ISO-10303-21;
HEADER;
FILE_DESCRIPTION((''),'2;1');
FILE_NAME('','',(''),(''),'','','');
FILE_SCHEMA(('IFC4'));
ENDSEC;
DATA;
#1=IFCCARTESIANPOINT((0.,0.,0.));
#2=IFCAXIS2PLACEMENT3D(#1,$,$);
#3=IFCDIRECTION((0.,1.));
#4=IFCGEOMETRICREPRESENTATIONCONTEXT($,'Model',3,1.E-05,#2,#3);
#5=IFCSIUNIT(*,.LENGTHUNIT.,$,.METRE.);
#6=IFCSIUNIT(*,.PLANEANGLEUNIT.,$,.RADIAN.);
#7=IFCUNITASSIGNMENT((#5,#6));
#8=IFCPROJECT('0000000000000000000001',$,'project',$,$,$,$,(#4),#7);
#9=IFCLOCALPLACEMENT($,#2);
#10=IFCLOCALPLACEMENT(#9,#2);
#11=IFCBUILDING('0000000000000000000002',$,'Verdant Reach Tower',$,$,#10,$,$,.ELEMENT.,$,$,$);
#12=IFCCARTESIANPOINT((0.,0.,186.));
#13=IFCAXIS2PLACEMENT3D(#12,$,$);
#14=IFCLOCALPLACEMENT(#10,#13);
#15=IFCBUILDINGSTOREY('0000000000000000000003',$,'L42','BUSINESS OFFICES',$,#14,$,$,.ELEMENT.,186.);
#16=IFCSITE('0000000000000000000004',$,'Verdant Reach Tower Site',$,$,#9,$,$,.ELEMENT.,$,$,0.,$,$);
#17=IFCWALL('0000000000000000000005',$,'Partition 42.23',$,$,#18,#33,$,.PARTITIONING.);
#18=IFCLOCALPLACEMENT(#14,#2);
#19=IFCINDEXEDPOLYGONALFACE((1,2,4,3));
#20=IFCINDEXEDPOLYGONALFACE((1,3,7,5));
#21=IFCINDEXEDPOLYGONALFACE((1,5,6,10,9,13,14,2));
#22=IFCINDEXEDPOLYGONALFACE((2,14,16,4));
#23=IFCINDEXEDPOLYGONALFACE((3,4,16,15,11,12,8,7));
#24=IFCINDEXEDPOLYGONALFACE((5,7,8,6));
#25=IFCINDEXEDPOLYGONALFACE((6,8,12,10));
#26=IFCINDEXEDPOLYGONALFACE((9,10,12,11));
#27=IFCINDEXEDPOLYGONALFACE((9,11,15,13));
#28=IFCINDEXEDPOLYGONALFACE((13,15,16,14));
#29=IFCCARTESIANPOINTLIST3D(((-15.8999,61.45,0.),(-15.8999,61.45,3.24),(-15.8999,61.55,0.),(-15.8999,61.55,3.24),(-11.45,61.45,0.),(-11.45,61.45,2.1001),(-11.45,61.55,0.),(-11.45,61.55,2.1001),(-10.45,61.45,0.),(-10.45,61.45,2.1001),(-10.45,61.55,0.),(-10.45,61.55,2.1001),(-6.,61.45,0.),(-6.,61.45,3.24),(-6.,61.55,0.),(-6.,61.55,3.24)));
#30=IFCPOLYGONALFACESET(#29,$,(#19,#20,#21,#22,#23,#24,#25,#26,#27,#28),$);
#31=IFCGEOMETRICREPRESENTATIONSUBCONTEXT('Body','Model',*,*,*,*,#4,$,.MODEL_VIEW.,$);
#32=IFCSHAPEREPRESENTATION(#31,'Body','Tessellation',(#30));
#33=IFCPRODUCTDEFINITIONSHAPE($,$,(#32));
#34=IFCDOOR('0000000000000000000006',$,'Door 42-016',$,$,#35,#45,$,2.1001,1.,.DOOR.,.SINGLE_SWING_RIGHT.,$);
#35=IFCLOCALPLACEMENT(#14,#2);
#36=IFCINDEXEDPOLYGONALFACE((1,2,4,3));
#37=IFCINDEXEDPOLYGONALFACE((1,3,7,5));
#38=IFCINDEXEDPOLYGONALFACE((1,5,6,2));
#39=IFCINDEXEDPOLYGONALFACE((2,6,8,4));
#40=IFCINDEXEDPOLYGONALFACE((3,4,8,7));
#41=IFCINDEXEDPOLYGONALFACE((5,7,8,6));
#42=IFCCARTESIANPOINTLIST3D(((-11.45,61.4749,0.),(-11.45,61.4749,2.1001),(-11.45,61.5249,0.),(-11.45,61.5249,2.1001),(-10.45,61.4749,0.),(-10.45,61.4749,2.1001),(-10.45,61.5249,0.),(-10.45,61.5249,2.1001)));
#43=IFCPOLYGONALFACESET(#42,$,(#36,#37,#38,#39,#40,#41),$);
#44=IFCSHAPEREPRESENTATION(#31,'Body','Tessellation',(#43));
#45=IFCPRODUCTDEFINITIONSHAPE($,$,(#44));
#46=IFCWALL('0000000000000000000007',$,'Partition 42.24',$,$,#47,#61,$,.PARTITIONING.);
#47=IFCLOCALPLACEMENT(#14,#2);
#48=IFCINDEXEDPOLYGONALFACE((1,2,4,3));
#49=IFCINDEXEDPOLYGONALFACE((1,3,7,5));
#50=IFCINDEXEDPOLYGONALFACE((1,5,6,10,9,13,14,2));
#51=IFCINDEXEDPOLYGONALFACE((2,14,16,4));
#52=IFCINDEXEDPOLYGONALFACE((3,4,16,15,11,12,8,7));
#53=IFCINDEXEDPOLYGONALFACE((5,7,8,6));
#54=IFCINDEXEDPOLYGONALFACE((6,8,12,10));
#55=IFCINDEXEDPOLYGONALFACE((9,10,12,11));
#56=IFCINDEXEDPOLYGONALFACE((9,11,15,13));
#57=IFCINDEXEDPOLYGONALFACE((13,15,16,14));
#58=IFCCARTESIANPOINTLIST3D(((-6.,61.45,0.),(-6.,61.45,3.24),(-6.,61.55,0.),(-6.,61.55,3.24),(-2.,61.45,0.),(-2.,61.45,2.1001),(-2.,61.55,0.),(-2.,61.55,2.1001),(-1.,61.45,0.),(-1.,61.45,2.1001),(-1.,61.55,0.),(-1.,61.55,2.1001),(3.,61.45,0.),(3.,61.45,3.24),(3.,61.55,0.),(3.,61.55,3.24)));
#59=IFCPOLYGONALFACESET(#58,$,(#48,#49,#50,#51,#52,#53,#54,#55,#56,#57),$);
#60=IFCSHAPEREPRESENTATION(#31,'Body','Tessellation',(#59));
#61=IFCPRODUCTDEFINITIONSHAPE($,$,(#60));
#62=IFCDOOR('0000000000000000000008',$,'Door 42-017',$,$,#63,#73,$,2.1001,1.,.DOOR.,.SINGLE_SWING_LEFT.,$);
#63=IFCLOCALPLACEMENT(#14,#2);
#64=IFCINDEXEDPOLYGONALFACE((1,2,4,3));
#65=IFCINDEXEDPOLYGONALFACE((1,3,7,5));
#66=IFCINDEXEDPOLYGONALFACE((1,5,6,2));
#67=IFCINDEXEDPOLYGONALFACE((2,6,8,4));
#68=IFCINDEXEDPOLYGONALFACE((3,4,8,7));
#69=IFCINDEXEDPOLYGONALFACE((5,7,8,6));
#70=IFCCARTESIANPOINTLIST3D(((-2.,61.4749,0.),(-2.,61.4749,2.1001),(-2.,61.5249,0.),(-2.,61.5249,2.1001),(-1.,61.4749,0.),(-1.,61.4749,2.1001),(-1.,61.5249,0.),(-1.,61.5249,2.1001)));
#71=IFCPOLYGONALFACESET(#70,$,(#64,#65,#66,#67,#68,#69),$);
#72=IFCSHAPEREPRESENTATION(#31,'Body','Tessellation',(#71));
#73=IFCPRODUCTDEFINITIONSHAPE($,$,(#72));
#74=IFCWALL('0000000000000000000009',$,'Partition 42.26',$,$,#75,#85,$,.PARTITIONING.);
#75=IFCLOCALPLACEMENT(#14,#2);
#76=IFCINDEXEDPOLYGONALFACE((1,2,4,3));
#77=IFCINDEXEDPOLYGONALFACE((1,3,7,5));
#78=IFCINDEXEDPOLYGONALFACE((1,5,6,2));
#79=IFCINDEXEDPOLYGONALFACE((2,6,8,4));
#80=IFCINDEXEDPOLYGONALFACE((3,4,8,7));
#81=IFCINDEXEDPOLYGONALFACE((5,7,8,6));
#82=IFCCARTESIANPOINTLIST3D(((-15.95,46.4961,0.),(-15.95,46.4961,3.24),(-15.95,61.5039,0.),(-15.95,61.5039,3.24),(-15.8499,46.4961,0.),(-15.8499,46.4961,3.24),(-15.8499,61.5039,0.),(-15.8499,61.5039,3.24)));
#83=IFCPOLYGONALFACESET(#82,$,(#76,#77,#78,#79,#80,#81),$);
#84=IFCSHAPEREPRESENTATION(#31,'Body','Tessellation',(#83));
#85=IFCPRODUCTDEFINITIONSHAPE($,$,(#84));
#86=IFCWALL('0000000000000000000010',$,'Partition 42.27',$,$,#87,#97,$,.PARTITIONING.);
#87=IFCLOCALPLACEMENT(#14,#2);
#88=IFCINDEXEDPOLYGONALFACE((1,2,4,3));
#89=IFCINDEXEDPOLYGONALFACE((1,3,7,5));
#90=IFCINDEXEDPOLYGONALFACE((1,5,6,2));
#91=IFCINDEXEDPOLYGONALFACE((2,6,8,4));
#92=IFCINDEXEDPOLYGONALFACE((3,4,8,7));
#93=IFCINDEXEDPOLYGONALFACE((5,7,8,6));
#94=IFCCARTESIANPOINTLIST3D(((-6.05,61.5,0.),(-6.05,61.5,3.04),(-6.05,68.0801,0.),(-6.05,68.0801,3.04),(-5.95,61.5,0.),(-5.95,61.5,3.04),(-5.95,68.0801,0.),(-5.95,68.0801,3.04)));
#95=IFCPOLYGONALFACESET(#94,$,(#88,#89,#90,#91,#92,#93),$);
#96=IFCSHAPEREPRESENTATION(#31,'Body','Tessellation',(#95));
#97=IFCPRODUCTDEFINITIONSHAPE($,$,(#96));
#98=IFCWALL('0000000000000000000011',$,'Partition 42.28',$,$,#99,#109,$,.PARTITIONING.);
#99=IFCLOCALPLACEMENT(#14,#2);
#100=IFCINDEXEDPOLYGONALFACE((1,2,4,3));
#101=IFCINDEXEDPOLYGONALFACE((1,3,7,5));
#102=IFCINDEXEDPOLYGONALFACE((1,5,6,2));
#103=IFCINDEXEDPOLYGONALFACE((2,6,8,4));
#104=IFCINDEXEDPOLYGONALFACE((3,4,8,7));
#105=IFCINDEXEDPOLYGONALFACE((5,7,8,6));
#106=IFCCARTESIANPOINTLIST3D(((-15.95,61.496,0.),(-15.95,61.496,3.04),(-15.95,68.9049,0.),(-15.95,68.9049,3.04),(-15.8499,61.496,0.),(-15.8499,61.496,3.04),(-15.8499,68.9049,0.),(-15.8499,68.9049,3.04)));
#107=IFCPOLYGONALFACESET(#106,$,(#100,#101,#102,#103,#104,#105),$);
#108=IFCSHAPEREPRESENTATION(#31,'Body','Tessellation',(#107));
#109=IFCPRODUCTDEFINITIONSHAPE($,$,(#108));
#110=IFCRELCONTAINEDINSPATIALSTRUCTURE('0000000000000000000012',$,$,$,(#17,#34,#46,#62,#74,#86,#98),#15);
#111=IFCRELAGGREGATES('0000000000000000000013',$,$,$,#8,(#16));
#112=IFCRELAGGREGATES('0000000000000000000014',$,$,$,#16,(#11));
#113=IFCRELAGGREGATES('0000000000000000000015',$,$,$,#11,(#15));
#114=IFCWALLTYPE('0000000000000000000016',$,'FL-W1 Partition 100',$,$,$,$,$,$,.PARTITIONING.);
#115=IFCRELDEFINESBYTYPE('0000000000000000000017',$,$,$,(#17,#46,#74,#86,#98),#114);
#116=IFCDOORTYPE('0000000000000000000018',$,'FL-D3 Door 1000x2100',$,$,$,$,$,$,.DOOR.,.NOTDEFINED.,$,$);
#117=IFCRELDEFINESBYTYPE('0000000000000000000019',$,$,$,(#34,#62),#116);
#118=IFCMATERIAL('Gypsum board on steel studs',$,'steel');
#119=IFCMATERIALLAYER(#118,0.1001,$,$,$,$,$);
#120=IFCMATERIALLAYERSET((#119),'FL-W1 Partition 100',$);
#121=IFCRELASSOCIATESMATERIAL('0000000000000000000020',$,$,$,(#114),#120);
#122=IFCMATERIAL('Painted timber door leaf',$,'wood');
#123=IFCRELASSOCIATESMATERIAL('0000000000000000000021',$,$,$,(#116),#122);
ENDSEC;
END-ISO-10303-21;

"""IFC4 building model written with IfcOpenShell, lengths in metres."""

from ifc_helpers import new_model, si_unit, direction, frame, frame_2d, origin, place, context, subcontext, project, spatial, rectangle, extrude, material, layer, layer_set, type_object, element, fill, save


model = new_model("IFC4")

# Units and contexts
model_context = context("Model", 3, precision=1e-05, world=origin(), true_north=direction((0.0, 1.0)))
body_context = subcontext(model_context, "Body", "Model", "MODEL_VIEW")
ifc_project = project(units=[si_unit("LENGTHUNIT", "METRE"), si_unit("PLANEANGLEUNIT", "RADIAN")], contexts=[model_context])

# Site, building, storey
site_placement = place(None, origin())
site = spatial("IfcSite", under=ifc_project, at=site_placement, Name="Verdant Reach Tower Site", CompositionType="ELEMENT", RefElevation=0.0)
building_placement = place(site_placement, origin())
building = spatial("IfcBuilding", under=site, at=building_placement, Name="Verdant Reach Tower", CompositionType="ELEMENT")
storey_placement = place(building_placement, frame((0.0, 0.0, 186.0)))
storey = spatial("IfcBuildingStorey", under=building, at=storey_placement, Name="L42", Description="BUSINESS OFFICES", CompositionType="ELEMENT", Elevation=186.0)

# Walls, openings, doors
ifc_material_1 = material(Name="Gypsum board on steel studs", Category="steel")
ifc_layer_1 = layer(ifc_material_1, 0.1001)
ifc_layer_set_1 = layer_set([ifc_layer_1], Name="FL-W1 Partition 100")
wall_type = type_object("IfcWallType", Name="FL-W1 Partition 100", PredefinedType="PARTITIONING", material=ifc_layer_set_1)
wall_1_placement = place(storey_placement, frame((-15.8999, 61.5, 0.0), z_axis=(0.0, 0.0, 1.0), x_axis=(1.0, 0.0, 0.0)))
wall_1 = element("IfcWall", 1, at=wall_1_placement, inside=storey, type_object=wall_type, Name="Partition 42.23", PredefinedType="PARTITIONING", context=body_context, shape_type="SweptSolid", body=[
    extrude(rectangle(XDim=9.8999, YDim=0.1001, at=frame_2d((4.95, 0.0))), origin(), (0.0, 0.0, 1.0), 3.24),
])
opening_1_placement = place(wall_1_placement, frame((4.45, 0.0, 0.0)))
opening_1 = element("IfcOpeningElement", 2, at=opening_1_placement, cuts=wall_1, PredefinedType="OPENING", context=body_context, shape_type="SweptSolid", body=[
    extrude(rectangle(XDim=1.0, YDim=2.1001, at=frame_2d((0.5, 1.05))), frame((0.0, 0.0601, 0.0), z_axis=(0.0, -1.0, 0.0), x_axis=(1.0, 0.0, 0.0)), (0.0, 0.0, 1.0), 0.1201),
])
ifc_material_2 = material(Name="Painted timber door leaf", Category="wood")
door_type = type_object("IfcDoorType", Name="FL-D3 Door 1000x2100", OperationType="NOTDEFINED", PredefinedType="DOOR", material=ifc_material_2)
door_1_placement = place(opening_1_placement, origin())
door_1 = element("IfcDoor", 3, at=door_1_placement, inside=storey, type_object=door_type, Name="Door 42-016", OperationType="SINGLE_SWING_RIGHT", OverallHeight=2.1001, OverallWidth=1.0, PredefinedType="DOOR", context=body_context, shape_type="SweptSolid", body=[
    extrude(rectangle(XDim=1.0, YDim=2.1001, at=frame_2d((0.5, 1.05))), frame((0.0, 0.0249, 0.0), z_axis=(0.0, -1.0, 0.0), x_axis=(1.0, 0.0, 0.0)), (0.0, 0.0, 1.0), 0.05),
])
fill(opening_1, door_1)
wall_2_placement = place(storey_placement, frame((-6.0, 61.5, 0.0), z_axis=(0.0, 0.0, 1.0), x_axis=(1.0, 0.0, 0.0)))
wall_2 = element("IfcWall", 4, at=wall_2_placement, inside=storey, type_object=wall_type, Name="Partition 42.24", PredefinedType="PARTITIONING", context=body_context, shape_type="SweptSolid", body=[
    extrude(rectangle(XDim=9.0, YDim=0.1001, at=frame_2d((4.5, 0.0))), origin(), (0.0, 0.0, 1.0), 3.24),
])
opening_2_placement = place(wall_2_placement, frame((4.0, 0.0, 0.0)))
opening_2 = element("IfcOpeningElement", 5, at=opening_2_placement, cuts=wall_2, PredefinedType="OPENING", context=body_context, shape_type="SweptSolid", body=[
    extrude(rectangle(XDim=1.0, YDim=2.1001, at=frame_2d((0.5, 1.05))), frame((0.0, 0.0601, 0.0), z_axis=(0.0, -1.0, 0.0), x_axis=(1.0, 0.0, 0.0)), (0.0, 0.0, 1.0), 0.1201),
])
door_2_placement = place(opening_2_placement, origin())
door_2 = element("IfcDoor", 6, at=door_2_placement, inside=storey, type_object=door_type, Name="Door 42-017", OperationType="SINGLE_SWING_LEFT", OverallHeight=2.1001, OverallWidth=1.0, PredefinedType="DOOR", context=body_context, shape_type="SweptSolid", body=[
    extrude(rectangle(XDim=1.0, YDim=2.1001, at=frame_2d((0.5, 1.05))), frame((0.0, 0.0249, 0.0), z_axis=(0.0, -1.0, 0.0), x_axis=(1.0, 0.0, 0.0)), (0.0, 0.0, 1.0), 0.05),
])
fill(opening_2, door_2)

# Walls
wall_3_placement = place(storey_placement, frame((-15.8999, 61.5039, 0.0), z_axis=(0.0, 0.0, 1.0), x_axis=(0.0, -1.0, 0.0)))
element("IfcWall", 7, at=wall_3_placement, inside=storey, type_object=wall_type, Name="Partition 42.26", PredefinedType="PARTITIONING", context=body_context, shape_type="SweptSolid", body=[
    extrude(rectangle(XDim=15.0078, YDim=0.1001, at=frame_2d((7.5039, 0.0))), origin(), (0.0, 0.0, 1.0), 3.24),
])
wall_4_placement = place(storey_placement, frame((-6.0, 61.5, 0.0), z_axis=(0.0, 0.0, 1.0), x_axis=(0.0, 1.0, 0.0)))
element("IfcWall", 8, at=wall_4_placement, inside=storey, type_object=wall_type, Name="Partition 42.27", PredefinedType="PARTITIONING", context=body_context, shape_type="SweptSolid", body=[
    extrude(rectangle(XDim=6.5801, YDim=0.1001, at=frame_2d((3.29, 0.0))), origin(), (0.0, 0.0, 1.0), 3.04),
])
wall_5_placement = place(storey_placement, frame((-15.8999, 68.905, 0.0), z_axis=(0.0, 0.0, 1.0), x_axis=(0.0, -1.0, 0.0)))
element("IfcWall", 9, at=wall_5_placement, inside=storey, type_object=wall_type, Name="Partition 42.28", PredefinedType="PARTITIONING", context=body_context, shape_type="SweptSolid", body=[
    extrude(rectangle(XDim=7.4089, YDim=0.1001, at=frame_2d((3.7046, 0.0))), origin(), (0.0, 0.0, 1.0), 3.04),
])

save(model, "model.ifc")
